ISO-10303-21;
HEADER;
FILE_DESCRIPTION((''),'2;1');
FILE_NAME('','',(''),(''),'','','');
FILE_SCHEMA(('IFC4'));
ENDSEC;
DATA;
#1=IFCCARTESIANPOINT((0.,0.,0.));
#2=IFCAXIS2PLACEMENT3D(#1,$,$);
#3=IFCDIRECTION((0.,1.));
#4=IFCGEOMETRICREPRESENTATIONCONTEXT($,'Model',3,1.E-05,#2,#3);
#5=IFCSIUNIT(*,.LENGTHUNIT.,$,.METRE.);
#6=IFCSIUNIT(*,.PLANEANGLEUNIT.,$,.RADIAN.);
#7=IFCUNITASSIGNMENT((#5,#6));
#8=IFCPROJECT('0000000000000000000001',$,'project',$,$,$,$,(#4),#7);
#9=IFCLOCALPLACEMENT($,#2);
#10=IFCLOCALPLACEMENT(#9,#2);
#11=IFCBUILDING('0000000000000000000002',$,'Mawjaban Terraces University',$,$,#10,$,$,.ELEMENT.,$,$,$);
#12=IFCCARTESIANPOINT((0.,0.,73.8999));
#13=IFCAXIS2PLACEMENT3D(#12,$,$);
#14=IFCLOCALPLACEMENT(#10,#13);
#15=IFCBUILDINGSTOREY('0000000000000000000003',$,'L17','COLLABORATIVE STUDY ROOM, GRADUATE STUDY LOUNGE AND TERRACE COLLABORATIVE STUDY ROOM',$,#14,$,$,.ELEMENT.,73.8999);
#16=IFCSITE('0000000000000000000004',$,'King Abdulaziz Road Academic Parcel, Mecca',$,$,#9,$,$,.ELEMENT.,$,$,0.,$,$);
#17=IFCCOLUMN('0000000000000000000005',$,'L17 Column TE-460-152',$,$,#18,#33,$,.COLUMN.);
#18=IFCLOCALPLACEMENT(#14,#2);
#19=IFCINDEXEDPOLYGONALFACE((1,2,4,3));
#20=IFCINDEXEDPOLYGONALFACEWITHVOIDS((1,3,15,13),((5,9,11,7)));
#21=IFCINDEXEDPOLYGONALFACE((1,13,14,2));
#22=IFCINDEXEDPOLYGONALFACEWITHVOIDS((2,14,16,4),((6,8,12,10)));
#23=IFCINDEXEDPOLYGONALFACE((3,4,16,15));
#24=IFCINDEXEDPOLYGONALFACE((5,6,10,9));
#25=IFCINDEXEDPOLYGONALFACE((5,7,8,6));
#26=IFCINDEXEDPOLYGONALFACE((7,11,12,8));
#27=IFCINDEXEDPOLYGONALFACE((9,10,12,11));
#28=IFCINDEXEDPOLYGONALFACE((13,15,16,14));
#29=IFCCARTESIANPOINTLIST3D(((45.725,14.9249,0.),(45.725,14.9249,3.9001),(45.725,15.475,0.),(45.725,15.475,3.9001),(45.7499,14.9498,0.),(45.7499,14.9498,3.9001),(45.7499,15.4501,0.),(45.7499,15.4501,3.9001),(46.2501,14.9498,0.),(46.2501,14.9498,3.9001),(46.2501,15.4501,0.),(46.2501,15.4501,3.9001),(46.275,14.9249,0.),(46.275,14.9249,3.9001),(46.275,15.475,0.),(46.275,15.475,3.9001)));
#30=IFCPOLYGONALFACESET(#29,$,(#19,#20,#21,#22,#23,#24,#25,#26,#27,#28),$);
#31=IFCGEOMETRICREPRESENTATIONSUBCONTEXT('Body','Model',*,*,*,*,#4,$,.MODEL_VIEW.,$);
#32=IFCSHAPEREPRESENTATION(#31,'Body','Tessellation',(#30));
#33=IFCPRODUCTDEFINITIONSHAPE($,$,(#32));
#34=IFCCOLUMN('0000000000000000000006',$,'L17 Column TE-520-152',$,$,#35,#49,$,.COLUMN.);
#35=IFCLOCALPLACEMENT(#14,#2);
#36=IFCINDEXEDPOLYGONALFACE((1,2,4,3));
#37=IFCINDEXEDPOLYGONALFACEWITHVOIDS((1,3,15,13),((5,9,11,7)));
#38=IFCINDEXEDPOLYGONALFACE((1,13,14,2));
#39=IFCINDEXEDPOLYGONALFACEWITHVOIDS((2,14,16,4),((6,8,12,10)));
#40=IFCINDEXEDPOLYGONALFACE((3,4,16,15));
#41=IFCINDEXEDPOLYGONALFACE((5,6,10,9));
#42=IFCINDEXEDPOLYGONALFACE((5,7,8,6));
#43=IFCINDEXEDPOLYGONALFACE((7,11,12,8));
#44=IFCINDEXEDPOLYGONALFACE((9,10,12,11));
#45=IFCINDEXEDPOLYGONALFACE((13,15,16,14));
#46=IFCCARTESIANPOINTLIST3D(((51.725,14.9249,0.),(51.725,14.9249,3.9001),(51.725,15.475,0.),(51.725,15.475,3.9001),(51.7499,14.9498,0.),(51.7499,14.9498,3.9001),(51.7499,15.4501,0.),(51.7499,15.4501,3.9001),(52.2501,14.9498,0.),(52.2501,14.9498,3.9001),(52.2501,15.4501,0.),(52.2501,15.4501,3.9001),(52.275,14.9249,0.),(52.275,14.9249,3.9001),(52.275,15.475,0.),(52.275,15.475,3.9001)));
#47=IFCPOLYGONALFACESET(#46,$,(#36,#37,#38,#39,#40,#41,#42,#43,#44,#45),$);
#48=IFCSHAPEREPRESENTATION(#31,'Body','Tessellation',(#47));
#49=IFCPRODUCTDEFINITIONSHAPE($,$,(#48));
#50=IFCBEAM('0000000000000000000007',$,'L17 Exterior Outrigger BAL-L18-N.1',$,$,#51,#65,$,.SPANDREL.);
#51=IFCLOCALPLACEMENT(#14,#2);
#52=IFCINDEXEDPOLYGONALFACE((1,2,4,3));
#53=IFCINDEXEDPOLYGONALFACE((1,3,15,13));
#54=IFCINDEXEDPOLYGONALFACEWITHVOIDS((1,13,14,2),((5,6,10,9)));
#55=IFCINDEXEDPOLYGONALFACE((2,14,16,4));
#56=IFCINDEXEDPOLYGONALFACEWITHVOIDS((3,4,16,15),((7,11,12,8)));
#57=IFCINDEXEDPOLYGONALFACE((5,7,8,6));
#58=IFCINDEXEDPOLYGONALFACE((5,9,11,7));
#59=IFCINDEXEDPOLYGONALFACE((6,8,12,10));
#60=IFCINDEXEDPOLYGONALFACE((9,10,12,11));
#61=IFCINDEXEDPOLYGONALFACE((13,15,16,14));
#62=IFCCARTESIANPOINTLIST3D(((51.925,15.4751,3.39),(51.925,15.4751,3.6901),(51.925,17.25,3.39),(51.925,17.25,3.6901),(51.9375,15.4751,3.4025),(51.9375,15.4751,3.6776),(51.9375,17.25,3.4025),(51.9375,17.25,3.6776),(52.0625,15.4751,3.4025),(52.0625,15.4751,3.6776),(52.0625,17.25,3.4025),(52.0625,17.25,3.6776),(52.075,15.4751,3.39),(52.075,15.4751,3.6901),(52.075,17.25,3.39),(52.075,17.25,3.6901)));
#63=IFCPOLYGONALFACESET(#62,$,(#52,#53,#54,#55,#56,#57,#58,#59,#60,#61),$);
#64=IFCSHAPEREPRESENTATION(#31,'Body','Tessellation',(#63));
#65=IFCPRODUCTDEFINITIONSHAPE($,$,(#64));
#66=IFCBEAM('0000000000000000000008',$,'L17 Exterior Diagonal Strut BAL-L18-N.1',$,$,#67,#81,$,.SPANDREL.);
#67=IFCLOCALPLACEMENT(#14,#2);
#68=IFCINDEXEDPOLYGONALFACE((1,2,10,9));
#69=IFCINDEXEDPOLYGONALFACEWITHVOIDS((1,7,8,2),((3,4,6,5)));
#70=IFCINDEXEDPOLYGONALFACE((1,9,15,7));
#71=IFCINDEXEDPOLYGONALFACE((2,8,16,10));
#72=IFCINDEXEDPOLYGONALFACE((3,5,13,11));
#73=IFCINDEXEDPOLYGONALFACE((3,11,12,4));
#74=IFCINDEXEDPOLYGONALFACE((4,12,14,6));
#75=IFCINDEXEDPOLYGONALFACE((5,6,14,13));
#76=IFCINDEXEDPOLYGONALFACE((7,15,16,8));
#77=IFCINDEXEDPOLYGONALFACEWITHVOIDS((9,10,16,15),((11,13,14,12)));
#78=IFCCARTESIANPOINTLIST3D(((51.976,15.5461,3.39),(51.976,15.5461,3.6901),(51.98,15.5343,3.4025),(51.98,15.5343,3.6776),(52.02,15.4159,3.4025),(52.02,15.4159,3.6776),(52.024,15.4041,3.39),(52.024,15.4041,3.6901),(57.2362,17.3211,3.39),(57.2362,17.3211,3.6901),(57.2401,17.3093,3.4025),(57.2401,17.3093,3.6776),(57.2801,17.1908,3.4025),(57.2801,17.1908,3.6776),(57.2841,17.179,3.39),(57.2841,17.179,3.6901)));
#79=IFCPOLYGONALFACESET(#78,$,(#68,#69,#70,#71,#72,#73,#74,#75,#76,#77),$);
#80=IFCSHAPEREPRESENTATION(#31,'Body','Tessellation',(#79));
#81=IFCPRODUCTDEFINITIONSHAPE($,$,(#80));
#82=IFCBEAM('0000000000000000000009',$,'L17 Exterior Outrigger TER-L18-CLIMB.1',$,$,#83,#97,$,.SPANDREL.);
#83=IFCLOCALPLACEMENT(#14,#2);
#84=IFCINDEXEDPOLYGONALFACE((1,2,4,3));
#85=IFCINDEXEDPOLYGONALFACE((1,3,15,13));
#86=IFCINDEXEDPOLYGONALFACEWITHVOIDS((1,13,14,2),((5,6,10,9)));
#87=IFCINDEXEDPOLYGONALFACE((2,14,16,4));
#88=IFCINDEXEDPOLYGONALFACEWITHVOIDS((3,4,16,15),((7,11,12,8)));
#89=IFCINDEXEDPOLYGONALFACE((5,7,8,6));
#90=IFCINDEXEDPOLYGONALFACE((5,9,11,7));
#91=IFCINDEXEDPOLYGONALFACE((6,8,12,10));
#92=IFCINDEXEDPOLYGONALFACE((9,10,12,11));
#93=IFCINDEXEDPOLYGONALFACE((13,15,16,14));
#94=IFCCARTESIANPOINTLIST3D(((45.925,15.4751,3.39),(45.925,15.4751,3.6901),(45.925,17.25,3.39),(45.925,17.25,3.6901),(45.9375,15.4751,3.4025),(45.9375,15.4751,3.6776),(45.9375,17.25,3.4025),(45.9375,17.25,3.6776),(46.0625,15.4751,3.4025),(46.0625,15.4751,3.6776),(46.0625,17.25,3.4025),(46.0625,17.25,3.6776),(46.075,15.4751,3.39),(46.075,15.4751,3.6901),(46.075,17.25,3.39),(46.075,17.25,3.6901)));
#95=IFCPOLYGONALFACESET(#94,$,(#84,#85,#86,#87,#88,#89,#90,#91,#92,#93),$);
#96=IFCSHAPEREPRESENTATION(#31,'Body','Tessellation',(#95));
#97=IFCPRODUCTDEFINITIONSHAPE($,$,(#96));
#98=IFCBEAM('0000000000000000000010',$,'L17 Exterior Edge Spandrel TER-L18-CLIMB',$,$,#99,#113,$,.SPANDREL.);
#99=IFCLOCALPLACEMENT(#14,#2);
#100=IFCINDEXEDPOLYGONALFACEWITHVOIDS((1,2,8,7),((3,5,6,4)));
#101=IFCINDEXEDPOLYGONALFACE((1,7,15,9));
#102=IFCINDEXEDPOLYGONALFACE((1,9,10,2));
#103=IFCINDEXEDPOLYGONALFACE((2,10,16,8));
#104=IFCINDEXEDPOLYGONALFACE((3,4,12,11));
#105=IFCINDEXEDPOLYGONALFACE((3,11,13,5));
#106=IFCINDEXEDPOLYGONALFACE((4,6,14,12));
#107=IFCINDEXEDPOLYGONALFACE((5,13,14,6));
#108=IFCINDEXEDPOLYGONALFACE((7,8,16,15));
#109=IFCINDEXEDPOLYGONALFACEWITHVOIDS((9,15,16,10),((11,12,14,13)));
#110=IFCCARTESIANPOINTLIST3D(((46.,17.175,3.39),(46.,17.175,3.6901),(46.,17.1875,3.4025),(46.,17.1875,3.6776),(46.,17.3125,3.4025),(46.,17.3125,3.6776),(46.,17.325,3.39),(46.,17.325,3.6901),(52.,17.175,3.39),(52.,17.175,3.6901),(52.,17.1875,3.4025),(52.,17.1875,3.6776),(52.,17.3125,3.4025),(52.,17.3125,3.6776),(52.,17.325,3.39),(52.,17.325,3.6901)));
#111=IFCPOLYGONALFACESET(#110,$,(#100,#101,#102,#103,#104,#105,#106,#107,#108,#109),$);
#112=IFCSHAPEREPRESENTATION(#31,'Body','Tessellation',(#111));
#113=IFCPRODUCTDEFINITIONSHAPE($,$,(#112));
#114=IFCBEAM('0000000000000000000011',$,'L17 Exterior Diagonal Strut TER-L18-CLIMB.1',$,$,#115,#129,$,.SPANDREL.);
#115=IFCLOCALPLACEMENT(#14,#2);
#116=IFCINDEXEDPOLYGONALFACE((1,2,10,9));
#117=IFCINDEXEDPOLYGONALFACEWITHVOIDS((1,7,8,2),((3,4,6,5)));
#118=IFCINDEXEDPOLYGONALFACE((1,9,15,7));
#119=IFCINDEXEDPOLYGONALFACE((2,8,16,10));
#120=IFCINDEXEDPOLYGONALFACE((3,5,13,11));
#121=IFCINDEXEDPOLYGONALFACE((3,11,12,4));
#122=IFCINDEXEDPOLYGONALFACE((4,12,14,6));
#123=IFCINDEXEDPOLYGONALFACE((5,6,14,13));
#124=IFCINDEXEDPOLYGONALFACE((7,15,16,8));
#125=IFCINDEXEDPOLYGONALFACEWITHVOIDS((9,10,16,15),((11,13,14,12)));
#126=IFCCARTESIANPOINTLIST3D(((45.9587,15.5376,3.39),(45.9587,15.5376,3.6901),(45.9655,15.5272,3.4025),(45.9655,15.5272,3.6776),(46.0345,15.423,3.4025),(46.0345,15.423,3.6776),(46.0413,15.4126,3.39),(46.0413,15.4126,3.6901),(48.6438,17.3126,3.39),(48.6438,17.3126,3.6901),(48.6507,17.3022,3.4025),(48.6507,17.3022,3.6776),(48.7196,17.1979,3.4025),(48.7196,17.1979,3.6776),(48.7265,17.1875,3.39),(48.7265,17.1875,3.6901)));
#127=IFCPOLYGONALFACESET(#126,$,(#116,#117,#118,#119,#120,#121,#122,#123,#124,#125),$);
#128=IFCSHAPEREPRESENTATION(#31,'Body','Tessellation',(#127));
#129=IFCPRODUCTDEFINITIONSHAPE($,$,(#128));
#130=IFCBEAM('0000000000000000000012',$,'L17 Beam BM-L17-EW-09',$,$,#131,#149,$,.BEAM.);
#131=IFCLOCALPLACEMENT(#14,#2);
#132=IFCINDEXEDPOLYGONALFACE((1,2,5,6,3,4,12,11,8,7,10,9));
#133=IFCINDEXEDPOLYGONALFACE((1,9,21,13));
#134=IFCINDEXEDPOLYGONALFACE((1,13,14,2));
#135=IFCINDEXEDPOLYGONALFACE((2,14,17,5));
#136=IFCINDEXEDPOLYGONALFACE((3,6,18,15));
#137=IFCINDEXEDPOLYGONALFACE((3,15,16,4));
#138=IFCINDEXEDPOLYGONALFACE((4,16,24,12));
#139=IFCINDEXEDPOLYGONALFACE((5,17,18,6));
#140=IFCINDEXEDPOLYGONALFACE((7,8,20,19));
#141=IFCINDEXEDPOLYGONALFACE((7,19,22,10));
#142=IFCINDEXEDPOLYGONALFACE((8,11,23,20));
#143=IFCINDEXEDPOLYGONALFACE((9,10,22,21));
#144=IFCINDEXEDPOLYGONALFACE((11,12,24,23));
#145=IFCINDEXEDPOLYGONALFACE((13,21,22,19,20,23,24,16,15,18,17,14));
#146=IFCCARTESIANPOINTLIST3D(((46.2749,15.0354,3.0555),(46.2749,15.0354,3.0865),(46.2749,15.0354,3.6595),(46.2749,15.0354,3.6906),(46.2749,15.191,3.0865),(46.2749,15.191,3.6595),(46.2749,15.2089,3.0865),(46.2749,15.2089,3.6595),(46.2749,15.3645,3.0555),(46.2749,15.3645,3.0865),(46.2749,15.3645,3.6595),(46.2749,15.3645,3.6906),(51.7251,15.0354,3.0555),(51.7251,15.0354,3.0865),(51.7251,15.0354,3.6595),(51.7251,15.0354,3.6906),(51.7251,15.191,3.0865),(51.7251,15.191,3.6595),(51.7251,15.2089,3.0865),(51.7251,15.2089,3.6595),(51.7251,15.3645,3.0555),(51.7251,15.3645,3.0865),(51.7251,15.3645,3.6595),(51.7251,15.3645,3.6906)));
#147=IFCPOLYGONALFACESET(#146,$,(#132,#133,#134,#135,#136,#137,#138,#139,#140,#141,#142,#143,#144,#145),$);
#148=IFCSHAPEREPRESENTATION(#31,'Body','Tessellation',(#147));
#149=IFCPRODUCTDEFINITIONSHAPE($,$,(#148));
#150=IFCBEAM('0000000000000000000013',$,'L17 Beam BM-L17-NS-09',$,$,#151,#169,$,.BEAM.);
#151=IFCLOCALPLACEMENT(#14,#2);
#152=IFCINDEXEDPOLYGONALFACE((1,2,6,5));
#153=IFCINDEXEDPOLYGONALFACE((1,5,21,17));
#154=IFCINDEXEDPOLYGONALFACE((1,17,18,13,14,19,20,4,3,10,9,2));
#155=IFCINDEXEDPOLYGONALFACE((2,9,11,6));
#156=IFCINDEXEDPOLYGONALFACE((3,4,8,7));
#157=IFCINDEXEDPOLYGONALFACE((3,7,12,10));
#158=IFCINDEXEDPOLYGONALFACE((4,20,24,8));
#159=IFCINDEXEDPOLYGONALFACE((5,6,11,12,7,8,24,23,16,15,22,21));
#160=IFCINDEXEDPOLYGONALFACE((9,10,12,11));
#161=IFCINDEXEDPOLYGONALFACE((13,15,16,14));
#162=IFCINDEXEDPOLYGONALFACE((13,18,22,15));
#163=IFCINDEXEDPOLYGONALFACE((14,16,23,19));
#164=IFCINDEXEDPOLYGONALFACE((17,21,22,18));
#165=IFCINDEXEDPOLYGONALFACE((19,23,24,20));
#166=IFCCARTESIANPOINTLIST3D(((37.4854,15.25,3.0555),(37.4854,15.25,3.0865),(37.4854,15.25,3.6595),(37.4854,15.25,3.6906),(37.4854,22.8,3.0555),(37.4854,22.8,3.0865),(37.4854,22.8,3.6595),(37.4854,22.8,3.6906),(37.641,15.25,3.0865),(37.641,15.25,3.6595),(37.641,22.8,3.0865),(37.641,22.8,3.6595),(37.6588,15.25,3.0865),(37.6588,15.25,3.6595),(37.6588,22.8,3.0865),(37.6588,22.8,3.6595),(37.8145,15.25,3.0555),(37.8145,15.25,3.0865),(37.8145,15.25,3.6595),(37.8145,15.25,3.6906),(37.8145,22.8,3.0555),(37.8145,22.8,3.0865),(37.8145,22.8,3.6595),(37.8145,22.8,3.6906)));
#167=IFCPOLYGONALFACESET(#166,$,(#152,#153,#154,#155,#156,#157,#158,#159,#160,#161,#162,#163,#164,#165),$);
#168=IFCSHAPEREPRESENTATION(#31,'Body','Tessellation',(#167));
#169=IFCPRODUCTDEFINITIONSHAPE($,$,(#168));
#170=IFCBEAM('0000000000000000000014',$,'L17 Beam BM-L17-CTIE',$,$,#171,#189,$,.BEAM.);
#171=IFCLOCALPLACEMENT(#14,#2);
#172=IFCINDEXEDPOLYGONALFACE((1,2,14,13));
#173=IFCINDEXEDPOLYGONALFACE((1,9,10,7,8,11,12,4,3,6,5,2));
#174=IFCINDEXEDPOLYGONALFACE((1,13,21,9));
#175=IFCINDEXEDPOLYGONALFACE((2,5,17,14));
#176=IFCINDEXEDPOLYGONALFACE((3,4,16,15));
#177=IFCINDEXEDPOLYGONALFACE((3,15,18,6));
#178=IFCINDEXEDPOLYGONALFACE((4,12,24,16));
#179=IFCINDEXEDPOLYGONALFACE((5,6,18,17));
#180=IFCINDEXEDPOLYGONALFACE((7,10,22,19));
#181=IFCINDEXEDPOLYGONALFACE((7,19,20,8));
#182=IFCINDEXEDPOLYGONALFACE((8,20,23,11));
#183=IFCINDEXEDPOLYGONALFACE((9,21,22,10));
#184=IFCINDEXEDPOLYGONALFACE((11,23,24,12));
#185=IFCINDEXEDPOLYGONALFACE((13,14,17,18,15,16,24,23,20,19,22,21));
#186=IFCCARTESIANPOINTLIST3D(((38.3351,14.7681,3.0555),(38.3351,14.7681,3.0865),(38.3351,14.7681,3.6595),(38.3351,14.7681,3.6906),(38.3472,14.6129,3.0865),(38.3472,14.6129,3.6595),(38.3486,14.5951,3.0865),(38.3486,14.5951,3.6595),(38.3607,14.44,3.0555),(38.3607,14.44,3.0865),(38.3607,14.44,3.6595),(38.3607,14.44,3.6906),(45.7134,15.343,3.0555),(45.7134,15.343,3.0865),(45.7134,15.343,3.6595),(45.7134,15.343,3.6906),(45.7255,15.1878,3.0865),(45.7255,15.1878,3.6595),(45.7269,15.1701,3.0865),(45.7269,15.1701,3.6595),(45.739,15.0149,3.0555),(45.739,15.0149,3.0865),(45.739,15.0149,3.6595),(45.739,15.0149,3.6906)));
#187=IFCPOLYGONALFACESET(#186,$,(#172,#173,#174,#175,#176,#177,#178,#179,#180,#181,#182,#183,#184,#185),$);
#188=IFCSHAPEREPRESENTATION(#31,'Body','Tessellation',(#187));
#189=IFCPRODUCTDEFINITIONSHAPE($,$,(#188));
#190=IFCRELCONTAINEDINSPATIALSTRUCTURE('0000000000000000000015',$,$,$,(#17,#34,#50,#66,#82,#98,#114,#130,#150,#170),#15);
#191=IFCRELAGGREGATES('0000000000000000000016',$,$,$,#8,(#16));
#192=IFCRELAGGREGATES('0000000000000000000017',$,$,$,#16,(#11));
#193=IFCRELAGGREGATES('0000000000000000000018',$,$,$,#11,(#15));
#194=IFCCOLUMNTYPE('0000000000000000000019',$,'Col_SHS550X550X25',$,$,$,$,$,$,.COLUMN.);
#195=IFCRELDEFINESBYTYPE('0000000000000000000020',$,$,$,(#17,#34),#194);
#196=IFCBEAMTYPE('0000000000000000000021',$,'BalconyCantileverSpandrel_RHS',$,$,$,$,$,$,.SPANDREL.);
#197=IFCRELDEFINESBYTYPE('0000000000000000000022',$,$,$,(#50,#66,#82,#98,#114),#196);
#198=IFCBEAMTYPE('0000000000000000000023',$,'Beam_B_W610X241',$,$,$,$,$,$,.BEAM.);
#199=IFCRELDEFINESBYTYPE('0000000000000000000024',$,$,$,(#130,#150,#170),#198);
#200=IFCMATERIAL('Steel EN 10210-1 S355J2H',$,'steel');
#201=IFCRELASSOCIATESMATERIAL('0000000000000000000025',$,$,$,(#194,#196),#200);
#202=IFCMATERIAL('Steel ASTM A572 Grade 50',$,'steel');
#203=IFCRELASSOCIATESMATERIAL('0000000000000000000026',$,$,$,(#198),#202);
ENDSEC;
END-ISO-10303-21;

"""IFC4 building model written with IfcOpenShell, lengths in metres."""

from ifc_helpers import new_model, si_unit, direction, frame, origin, origin_2d, place, context, subcontext, project, spatial, hollow_rectangle, i_section, extrude, material, material_profile, profile_set, type_object, element, save


model = new_model("IFC4")

# Units and contexts
model_context = context("Model", 3, precision=1e-05, world=origin(), true_north=direction((0.0, 1.0)))
body_context = subcontext(model_context, "Body", "Model", "MODEL_VIEW")
ifc_project = project(units=[si_unit("LENGTHUNIT", "METRE"), si_unit("PLANEANGLEUNIT", "RADIAN")], contexts=[model_context])

# Site, building, storey
site_placement = place(None, origin())
site = spatial("IfcSite", under=ifc_project, at=site_placement, Name="King Abdulaziz Road Academic Parcel, Mecca", CompositionType="ELEMENT", RefElevation=0.0)
building_placement = place(site_placement, origin())
building = spatial("IfcBuilding", under=site, at=building_placement, Name="Mawjaban Terraces University", CompositionType="ELEMENT")
storey_placement = place(building_placement, frame((0.0, 0.0, 73.8999)))
storey = spatial("IfcBuildingStorey", under=building, at=storey_placement, Name="L17", Description="COLLABORATIVE STUDY ROOM, GRADUATE STUDY LOUNGE AND TERRACE COLLABORATIVE STUDY ROOM", CompositionType="ELEMENT", Elevation=73.8999)

# Columns
ifc_material_1 = material(Name="Steel EN 10210-1 S355J2H", Category="steel")
ifc_material_profile_1 = material_profile(ifc_material_1, hollow_rectangle(XDim=0.55, YDim=0.55, WallThickness=0.0249, at=origin_2d()), Name="SHS550X550X25")
ifc_profile_set_1 = profile_set([ifc_material_profile_1], Name="Steel EN 10210-1 S355J2H")
column_type = type_object("IfcColumnType", Name="Col_SHS550X550X25", PredefinedType="COLUMN", material=ifc_profile_set_1)
for number, where, z_axis, x_axis, name in (
    (1, (46.0, 15.2, 0.0), (0.0, 0.0, 1.0), (1.0, 0.0, 0.0), "L17 Column TE-460-152"),
    (2, (52.0, 15.2, 0.0), (0.0, 0.0, 1.0), (1.0, 0.0, 0.0), "L17 Column TE-520-152"),
):
    element("IfcColumn", number, at=place(storey_placement, frame(where, z_axis=z_axis, x_axis=x_axis)), inside=storey, type_object=column_type, Name=name, PredefinedType="COLUMN", context=body_context, shape_type="SweptSolid", body=[
        extrude(hollow_rectangle(XDim=0.55, YDim=0.55, WallThickness=0.0249, at=origin_2d()), origin(), (0.0, 0.0, 1.0), 3.9001),
    ])

# Beams
ifc_material_profile_2 = material_profile(ifc_material_1, hollow_rectangle(XDim=0.1499, YDim=0.3, WallThickness=0.0125, at=origin_2d()), Name="RHS300X150X12.5")
ifc_profile_set_2 = profile_set([ifc_material_profile_2], Name="Steel EN 10210-1 S355J2H")
beam_type_1 = type_object("IfcBeamType", Name="BalconyCantileverSpandrel_RHS", PredefinedType="SPANDREL", material=ifc_profile_set_2)
beam_1_placement = place(storey_placement, frame((52.0, 15.4751, 3.54), z_axis=(0.0, 1.0, 0.0), x_axis=(-1.0, 0.0, 0.0)))
element("IfcBeam", 3, at=beam_1_placement, inside=storey, type_object=beam_type_1, Name="L17 Exterior Outrigger BAL-L18-N.1", PredefinedType="SPANDREL", context=body_context, shape_type="SweptSolid", body=[
    extrude(hollow_rectangle(XDim=0.1499, YDim=0.3, WallThickness=0.0125, at=origin_2d()), origin(), (0.0, 0.0, 1.0), 1.7749),
])
beam_2_placement = place(storey_placement, frame((52.0, 15.4751, 3.54), z_axis=(0.947511, 0.319722, 0.0), x_axis=(-0.319722, 0.947511, 0.0)))
element("IfcBeam", 4, at=beam_2_placement, inside=storey, type_object=beam_type_1, Name="L17 Exterior Diagonal Strut BAL-L18-N.1", PredefinedType="SPANDREL", context=body_context, shape_type="SweptSolid", body=[
    extrude(hollow_rectangle(XDim=0.1499, YDim=0.3, WallThickness=0.0125, at=origin_2d()), origin(), (0.0, 0.0, 1.0), 5.5515),
])
beam_3_placement = place(storey_placement, frame((46.0, 15.4751, 3.54), z_axis=(0.0, 1.0, 0.0), x_axis=(-1.0, 0.0, 0.0)))
element("IfcBeam", 5, at=beam_3_placement, inside=storey, type_object=beam_type_1, Name="L17 Exterior Outrigger TER-L18-CLIMB.1", PredefinedType="SPANDREL", context=body_context, shape_type="SweptSolid", body=[
    extrude(hollow_rectangle(XDim=0.1499, YDim=0.3, WallThickness=0.0125, at=origin_2d()), origin(), (0.0, 0.0, 1.0), 1.7749),
])
beam_4_placement = place(storey_placement, frame((46.0, 17.25, 3.54), z_axis=(1.0, 0.0, 0.0), x_axis=(0.0, 1.0, 0.0)))
element("IfcBeam", 6, at=beam_4_placement, inside=storey, type_object=beam_type_1, Name="L17 Exterior Edge Spandrel TER-L18-CLIMB", PredefinedType="SPANDREL", context=body_context, shape_type="SweptSolid", body=[
    extrude(hollow_rectangle(XDim=0.1499, YDim=0.3, WallThickness=0.0125, at=origin_2d()), origin(), (0.0, 0.0, 1.0), 6.0),
])
beam_5_placement = place(storey_placement, frame((46.0, 15.4751, 3.54), z_axis=(0.834214, 0.55144, 0.0), x_axis=(-0.55144, 0.834214, 0.0)))
element("IfcBeam", 7, at=beam_5_placement, inside=storey, type_object=beam_type_1, Name="L17 Exterior Diagonal Strut TER-L18-CLIMB.1", PredefinedType="SPANDREL", context=body_context, shape_type="SweptSolid", body=[
    extrude(hollow_rectangle(XDim=0.1499, YDim=0.3, WallThickness=0.0125, at=origin_2d()), origin(), (0.0, 0.0, 1.0), 3.2188),
])
ifc_material_2 = material(Name="Steel ASTM A572 Grade 50", Category="steel")
ifc_material_profile_3 = material_profile(ifc_material_2, i_section(OverallWidth=0.3291, OverallDepth=0.635, WebThickness=0.0178, FlangeThickness=0.031, at=origin_2d()), Name="W610X241")
ifc_profile_set_3 = profile_set([ifc_material_profile_3], Name="Steel ASTM A572 Grade 50")
beam_type_2 = type_object("IfcBeamType", Name="Beam_B_W610X241", PredefinedType="BEAM", material=ifc_profile_set_3)
beam_6_placement = place(storey_placement, frame((46.2749, 15.2, 3.373), z_axis=(1.0, 0.0, 0.0), x_axis=(0.0, 1.0, 0.0)))
element("IfcBeam", 8, at=beam_6_placement, inside=storey, type_object=beam_type_2, Name="L17 Beam BM-L17-EW-09", PredefinedType="BEAM", context=body_context, shape_type="SweptSolid", body=[
    extrude(i_section(OverallWidth=0.3291, OverallDepth=0.635, WebThickness=0.0178, FlangeThickness=0.031, at=origin_2d()), origin(), (0.0, 0.0, 1.0), 5.4502),
])
beam_7_placement = place(storey_placement, frame((37.6499, 15.25, 3.373), z_axis=(0.0, 1.0, 0.0), x_axis=(-1.0, 0.0, 0.0)))
element("IfcBeam", 9, at=beam_7_placement, inside=storey, type_object=beam_type_2, Name="L17 Beam BM-L17-NS-09", PredefinedType="BEAM", context=body_context, shape_type="SweptSolid", body=[
    extrude(i_section(OverallWidth=0.3291, OverallDepth=0.635, WebThickness=0.0178, FlangeThickness=0.031, at=origin_2d()), origin(), (0.0, 0.0, 1.0), 7.55),
])
beam_8_placement = place(storey_placement, frame((38.3479, 14.604, 3.373), z_axis=(0.996978, 0.07769, 0.0), x_axis=(-0.07769, 0.996978, 0.0)))
element("IfcBeam", 10, at=beam_8_placement, inside=storey, type_object=beam_type_2, Name="L17 Beam BM-L17-CTIE", PredefinedType="BEAM", context=body_context, shape_type="SweptSolid", body=[
    extrude(i_section(OverallWidth=0.3291, OverallDepth=0.635, WebThickness=0.0178, FlangeThickness=0.031, at=origin_2d()), origin(), (0.0, 0.0, 1.0), 7.4006),
])

save(model, "model.ifc")
